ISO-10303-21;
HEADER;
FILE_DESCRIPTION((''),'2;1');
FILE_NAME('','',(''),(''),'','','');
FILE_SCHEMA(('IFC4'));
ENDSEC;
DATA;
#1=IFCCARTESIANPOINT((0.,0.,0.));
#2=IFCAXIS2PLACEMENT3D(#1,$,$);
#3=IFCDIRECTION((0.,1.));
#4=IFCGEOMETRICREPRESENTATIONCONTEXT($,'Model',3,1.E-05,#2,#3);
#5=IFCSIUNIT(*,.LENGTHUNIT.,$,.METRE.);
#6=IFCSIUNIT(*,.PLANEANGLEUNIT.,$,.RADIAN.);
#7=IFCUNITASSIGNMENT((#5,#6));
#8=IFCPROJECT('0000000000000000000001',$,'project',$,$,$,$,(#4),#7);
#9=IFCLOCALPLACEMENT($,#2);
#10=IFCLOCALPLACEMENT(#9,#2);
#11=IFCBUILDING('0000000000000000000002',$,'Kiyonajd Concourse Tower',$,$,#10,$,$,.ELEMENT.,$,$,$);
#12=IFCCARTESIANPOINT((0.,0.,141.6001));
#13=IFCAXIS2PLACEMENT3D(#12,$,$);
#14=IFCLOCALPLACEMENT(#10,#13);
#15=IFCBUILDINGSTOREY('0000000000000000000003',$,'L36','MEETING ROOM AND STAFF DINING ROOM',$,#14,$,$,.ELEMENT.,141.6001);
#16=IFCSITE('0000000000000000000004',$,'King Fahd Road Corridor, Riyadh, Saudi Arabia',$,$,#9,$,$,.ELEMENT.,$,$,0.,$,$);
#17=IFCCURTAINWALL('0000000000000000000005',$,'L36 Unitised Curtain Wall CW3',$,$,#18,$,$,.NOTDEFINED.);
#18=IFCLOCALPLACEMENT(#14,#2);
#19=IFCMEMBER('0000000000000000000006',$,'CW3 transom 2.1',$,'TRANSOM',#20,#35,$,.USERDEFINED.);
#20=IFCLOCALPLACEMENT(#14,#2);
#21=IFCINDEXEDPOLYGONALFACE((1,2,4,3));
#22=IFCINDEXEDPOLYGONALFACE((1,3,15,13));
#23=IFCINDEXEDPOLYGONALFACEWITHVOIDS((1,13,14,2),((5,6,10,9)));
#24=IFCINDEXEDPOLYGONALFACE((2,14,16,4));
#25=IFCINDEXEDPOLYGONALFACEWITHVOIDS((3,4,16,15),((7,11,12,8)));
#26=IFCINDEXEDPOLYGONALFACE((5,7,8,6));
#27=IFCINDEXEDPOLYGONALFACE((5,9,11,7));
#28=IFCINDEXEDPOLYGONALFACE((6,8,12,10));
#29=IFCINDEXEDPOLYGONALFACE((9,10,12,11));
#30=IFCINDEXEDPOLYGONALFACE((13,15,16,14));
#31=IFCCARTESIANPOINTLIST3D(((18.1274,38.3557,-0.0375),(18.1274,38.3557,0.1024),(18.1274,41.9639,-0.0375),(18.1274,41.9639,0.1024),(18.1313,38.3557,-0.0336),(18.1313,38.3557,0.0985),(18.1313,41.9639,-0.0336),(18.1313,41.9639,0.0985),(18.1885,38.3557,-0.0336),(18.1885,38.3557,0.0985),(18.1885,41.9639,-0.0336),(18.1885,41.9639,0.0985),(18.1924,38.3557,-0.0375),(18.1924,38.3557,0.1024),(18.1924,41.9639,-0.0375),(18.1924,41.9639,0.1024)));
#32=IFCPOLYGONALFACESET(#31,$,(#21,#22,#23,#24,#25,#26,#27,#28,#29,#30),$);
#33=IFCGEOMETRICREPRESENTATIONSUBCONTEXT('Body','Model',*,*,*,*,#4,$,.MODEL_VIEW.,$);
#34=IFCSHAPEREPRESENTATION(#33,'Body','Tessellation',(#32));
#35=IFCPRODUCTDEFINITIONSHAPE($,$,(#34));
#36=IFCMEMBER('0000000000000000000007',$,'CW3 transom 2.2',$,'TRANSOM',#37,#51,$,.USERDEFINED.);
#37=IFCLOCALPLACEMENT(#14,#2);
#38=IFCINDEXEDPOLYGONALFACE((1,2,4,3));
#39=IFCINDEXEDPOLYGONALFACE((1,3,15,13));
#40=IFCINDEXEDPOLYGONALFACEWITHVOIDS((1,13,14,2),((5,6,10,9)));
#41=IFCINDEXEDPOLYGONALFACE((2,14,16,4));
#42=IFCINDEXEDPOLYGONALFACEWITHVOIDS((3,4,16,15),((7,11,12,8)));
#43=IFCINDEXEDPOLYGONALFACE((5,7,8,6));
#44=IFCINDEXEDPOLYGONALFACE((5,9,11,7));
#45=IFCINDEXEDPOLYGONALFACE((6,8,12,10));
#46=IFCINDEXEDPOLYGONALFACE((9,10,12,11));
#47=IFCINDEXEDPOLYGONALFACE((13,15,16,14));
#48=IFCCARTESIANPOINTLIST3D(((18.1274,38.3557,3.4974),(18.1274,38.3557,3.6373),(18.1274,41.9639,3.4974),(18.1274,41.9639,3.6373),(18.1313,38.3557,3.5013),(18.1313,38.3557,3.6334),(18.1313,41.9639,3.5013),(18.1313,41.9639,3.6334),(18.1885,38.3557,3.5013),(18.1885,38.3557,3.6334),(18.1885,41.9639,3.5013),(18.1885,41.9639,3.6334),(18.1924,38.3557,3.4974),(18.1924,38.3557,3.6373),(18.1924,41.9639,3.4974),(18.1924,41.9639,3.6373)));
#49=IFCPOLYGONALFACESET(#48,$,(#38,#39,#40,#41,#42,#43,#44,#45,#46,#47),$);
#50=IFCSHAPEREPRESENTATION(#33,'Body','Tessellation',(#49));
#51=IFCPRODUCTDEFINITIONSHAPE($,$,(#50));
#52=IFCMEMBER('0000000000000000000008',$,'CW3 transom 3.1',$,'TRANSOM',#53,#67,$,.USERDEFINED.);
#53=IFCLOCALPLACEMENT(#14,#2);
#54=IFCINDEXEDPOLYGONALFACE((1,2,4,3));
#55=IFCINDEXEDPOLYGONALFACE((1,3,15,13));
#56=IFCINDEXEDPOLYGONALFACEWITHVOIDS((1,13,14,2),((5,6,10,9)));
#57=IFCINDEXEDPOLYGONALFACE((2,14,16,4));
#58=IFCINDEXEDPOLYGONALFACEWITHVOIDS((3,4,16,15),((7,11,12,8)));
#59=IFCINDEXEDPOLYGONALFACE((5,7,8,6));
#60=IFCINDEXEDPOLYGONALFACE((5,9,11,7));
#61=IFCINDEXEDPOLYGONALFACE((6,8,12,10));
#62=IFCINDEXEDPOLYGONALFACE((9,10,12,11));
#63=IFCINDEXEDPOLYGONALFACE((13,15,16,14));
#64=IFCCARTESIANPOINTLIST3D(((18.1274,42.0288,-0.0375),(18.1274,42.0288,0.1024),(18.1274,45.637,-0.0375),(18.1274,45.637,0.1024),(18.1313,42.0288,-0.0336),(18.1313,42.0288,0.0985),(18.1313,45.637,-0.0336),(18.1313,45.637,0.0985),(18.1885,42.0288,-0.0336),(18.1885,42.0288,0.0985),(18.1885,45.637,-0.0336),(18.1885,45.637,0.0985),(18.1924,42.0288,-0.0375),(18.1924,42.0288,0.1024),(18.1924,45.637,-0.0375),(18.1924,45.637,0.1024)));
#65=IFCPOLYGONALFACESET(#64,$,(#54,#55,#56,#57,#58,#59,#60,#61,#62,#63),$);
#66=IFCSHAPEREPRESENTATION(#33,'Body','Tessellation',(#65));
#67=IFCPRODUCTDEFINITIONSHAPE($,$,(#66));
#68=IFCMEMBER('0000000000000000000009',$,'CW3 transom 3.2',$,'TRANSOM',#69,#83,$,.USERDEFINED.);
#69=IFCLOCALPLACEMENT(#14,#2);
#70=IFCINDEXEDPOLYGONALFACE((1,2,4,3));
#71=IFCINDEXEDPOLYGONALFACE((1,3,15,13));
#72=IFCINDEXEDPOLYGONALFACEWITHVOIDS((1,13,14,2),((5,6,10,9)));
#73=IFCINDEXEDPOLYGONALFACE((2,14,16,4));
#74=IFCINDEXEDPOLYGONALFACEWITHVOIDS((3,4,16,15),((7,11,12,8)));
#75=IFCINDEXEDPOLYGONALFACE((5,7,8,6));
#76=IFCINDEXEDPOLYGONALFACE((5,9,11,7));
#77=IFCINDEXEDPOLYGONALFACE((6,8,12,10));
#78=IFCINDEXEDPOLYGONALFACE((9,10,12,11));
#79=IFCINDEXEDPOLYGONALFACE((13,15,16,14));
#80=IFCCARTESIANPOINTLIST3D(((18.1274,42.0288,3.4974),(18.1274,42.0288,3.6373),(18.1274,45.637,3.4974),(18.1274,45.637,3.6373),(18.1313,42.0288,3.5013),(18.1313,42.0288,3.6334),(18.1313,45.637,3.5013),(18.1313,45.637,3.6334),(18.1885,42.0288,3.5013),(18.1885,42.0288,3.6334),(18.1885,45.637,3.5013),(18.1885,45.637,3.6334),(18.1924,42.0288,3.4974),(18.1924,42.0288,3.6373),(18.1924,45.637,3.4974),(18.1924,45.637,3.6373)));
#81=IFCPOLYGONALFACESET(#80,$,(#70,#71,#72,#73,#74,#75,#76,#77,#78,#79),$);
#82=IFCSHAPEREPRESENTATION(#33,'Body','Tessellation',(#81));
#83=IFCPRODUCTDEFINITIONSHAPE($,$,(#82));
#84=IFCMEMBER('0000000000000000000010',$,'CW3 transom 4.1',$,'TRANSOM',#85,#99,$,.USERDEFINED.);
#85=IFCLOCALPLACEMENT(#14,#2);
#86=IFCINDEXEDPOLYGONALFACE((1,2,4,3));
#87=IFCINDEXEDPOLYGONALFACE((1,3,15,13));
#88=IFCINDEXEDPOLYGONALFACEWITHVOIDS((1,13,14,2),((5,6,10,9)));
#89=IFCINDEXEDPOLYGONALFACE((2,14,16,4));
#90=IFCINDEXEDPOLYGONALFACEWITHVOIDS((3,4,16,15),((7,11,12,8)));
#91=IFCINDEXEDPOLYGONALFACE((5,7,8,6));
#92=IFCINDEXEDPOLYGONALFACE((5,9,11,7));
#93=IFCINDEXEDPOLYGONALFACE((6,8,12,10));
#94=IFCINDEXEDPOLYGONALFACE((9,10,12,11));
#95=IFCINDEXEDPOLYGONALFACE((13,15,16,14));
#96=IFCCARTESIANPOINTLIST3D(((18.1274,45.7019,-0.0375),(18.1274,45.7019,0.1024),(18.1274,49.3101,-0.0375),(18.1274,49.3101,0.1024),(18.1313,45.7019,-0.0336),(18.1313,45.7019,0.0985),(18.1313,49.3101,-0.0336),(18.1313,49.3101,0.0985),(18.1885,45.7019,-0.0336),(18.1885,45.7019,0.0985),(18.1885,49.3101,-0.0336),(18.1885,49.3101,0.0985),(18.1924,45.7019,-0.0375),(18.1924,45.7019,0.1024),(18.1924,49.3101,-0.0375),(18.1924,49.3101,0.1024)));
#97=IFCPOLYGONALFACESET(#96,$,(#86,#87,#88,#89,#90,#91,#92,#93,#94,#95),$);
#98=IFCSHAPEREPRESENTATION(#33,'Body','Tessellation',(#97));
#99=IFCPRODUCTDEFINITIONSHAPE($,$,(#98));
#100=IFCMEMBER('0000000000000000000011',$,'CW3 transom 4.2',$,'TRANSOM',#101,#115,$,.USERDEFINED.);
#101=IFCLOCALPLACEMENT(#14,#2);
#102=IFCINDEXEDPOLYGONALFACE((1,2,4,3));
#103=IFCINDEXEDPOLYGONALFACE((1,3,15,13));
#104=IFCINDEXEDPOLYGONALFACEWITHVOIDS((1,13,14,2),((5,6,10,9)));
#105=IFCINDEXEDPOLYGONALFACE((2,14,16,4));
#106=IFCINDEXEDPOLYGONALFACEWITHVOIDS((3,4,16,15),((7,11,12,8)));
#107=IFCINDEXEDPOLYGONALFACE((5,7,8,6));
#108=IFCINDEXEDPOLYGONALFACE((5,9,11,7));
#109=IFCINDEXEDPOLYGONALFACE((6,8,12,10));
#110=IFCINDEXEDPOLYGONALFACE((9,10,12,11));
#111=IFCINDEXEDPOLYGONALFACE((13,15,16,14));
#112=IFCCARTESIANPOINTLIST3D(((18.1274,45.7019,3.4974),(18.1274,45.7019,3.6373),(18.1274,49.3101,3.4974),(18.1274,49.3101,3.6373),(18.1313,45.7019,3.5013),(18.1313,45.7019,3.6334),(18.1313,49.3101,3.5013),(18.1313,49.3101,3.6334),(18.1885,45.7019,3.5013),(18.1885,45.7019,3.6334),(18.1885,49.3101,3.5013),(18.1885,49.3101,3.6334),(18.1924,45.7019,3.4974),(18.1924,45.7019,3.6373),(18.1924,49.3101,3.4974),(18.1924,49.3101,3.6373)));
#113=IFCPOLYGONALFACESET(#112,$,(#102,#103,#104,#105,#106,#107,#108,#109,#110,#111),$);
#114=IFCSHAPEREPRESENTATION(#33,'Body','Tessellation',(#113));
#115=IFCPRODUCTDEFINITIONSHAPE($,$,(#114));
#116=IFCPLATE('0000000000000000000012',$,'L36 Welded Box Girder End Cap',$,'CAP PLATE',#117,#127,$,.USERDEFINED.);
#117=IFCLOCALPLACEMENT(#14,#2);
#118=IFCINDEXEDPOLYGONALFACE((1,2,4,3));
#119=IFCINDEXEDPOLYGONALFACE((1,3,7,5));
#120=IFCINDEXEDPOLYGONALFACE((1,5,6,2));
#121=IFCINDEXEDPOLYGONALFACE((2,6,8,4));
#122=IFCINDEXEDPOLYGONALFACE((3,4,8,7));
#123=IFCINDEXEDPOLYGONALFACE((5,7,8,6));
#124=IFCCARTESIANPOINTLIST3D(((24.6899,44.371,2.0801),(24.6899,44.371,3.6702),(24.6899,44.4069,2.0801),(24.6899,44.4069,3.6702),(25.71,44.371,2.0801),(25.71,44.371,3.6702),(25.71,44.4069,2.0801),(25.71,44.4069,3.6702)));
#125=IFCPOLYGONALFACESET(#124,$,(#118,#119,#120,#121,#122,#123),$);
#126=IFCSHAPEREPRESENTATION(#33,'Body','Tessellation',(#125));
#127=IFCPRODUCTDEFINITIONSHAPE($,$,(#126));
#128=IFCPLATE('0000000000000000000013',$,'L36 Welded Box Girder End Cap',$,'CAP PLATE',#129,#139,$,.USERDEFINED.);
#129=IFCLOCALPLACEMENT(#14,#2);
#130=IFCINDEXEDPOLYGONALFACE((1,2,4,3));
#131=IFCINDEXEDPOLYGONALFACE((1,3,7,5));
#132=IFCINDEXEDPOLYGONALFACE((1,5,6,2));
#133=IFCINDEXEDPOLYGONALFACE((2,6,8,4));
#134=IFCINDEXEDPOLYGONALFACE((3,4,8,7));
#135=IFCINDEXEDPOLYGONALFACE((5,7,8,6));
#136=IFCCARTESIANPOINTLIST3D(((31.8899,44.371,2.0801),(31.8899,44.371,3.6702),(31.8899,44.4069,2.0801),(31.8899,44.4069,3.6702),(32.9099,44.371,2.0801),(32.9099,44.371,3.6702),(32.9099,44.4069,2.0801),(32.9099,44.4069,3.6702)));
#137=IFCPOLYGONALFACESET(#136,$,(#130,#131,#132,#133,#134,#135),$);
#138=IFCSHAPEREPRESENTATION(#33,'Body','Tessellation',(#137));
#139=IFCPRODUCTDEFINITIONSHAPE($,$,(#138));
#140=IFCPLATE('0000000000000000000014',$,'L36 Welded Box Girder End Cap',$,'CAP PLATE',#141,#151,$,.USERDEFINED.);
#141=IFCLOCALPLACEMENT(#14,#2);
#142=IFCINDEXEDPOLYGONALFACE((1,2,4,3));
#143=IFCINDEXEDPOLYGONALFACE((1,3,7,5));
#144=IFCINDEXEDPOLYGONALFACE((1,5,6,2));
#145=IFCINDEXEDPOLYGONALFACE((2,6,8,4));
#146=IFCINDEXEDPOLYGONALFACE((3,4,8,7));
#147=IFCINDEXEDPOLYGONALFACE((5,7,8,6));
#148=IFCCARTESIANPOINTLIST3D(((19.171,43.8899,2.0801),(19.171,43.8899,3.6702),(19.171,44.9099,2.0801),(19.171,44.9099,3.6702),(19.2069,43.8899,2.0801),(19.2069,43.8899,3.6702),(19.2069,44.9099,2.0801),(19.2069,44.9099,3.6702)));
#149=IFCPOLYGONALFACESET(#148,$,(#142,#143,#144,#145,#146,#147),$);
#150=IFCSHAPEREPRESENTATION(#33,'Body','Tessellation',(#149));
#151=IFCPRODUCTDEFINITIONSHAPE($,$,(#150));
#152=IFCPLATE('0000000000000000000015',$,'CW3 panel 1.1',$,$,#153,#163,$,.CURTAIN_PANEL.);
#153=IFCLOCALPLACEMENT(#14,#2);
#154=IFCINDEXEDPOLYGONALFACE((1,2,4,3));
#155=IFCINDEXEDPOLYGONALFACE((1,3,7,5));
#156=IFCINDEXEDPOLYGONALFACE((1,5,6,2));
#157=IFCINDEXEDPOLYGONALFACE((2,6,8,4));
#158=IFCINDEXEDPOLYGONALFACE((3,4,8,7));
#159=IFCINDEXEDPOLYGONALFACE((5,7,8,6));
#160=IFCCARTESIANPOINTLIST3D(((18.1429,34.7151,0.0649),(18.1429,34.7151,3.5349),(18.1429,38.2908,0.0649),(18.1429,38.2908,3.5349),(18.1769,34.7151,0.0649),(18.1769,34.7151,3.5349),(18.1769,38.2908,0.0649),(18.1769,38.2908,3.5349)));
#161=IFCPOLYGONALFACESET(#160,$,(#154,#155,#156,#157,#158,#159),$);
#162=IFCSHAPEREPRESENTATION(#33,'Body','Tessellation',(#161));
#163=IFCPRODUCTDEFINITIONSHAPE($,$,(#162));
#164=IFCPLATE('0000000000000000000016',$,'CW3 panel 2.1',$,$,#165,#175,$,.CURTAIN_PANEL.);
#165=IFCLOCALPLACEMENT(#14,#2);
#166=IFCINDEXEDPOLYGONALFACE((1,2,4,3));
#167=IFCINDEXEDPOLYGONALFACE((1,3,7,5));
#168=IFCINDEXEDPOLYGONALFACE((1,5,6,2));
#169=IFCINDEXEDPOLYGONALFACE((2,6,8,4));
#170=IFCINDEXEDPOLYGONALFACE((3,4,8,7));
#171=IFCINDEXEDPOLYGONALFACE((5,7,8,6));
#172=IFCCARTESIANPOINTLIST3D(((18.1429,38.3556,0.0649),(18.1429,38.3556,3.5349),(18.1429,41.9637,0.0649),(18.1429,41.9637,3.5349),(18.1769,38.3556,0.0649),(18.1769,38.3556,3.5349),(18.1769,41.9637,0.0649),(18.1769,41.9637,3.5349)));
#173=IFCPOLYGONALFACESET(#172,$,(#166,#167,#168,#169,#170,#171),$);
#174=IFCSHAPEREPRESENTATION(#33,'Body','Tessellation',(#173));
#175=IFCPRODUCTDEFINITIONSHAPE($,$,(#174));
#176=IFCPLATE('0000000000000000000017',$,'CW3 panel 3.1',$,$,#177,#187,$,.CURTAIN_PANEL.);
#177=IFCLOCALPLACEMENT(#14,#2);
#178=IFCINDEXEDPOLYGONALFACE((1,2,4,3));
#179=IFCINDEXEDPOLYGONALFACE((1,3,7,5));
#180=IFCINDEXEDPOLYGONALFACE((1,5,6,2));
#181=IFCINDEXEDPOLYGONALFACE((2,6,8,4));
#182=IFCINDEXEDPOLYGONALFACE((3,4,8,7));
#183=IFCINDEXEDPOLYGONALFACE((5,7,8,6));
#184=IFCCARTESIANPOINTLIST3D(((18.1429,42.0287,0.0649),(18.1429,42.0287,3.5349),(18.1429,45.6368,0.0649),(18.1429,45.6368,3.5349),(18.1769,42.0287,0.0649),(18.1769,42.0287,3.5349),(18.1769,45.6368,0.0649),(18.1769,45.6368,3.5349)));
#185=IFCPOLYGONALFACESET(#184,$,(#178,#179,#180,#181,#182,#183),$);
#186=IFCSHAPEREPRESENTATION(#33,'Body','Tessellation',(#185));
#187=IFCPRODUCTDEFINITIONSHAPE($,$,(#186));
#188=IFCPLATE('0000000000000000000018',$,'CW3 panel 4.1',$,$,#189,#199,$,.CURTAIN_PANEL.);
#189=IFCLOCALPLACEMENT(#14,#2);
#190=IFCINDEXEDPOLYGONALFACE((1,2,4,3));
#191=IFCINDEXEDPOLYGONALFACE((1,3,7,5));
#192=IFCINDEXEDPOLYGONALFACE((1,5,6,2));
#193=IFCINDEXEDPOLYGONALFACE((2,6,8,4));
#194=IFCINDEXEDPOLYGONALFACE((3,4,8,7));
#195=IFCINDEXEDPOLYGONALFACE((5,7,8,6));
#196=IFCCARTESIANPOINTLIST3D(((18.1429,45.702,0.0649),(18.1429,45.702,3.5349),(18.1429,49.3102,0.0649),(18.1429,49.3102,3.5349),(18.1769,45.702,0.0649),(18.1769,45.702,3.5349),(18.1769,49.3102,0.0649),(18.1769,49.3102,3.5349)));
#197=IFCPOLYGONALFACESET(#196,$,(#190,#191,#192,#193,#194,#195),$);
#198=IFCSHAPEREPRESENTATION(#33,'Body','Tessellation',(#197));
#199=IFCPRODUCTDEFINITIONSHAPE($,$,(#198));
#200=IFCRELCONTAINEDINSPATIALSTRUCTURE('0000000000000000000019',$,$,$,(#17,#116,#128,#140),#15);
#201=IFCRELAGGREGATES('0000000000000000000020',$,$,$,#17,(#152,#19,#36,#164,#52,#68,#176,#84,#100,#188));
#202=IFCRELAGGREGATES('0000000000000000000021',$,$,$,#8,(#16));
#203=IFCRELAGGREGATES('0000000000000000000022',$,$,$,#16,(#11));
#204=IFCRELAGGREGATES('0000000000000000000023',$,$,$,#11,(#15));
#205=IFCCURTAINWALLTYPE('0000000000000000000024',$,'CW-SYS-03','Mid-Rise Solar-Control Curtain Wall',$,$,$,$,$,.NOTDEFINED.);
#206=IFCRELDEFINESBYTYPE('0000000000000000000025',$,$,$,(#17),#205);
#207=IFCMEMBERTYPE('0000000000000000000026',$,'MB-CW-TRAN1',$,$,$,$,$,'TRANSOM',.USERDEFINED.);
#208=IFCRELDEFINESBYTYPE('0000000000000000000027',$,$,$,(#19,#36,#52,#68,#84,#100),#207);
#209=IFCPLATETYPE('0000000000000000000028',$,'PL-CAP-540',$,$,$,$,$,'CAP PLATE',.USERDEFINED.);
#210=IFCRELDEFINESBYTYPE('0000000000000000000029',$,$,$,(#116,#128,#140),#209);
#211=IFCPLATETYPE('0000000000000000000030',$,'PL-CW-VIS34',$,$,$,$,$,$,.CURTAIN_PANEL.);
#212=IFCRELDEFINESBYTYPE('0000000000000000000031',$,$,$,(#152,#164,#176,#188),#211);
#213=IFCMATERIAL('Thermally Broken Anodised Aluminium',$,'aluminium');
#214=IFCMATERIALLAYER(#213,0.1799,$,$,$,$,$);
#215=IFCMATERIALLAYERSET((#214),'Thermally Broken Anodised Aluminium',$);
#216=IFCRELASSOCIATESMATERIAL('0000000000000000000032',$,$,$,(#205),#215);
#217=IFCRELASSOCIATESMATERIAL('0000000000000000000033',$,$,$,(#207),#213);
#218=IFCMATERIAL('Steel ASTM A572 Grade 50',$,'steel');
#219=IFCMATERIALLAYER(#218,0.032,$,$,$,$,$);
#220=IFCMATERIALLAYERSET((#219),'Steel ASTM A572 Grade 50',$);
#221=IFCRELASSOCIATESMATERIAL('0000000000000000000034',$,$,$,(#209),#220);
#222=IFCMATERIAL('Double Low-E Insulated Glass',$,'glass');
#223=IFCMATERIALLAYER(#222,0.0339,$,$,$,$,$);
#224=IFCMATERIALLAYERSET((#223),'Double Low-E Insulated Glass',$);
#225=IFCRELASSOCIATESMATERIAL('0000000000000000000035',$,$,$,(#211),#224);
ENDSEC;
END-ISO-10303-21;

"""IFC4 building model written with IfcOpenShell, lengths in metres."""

from ifc_helpers import new_model, si_unit, direction, frame, origin, origin_2d, place, context, subcontext, project, spatial, rectangle, hollow_rectangle, extrude, material, layer, layer_set, material_profile, profile_set, type_object, element, aggregate, save


model = new_model("IFC4")

# Units and contexts
model_context = context("Model", 3, precision=1e-05, world=origin(), true_north=direction((0.0, 1.0)))
body_context = subcontext(model_context, "Body", "Model", "MODEL_VIEW")
ifc_project = project(units=[si_unit("LENGTHUNIT", "METRE"), si_unit("PLANEANGLEUNIT", "RADIAN")], contexts=[model_context])

# Site, building, storey
site_placement = place(None, origin())
site = spatial("IfcSite", under=ifc_project, at=site_placement, Name="King Fahd Road Corridor, Riyadh, Saudi Arabia", CompositionType="ELEMENT", RefElevation=0.0)
building_placement = place(site_placement, origin())
building = spatial("IfcBuilding", under=site, at=building_placement, Name="Kiyonajd Concourse Tower", CompositionType="ELEMENT")
storey_placement = place(building_placement, frame((0.0, 0.0, 141.6001)))
storey = spatial("IfcBuildingStorey", under=building, at=storey_placement, Name="L36", Description="MEETING ROOM AND STAFF DINING ROOM", CompositionType="ELEMENT", Elevation=141.6001)

# Shared definitions
ifc_material_1 = material(Name="Steel ASTM A572 Grade 50", Category="steel")

# Curtain wall, members
ifc_material_2 = material(Name="Thermally Broken Anodised Aluminium", Category="aluminium")
ifc_layer_1 = layer(ifc_material_2, 0.1799)
ifc_layer_set_1 = layer_set([ifc_layer_1], Name="Thermally Broken Anodised Aluminium")
curtain_wall_type = type_object("IfcCurtainWallType", Name="CW-SYS-03", Description="Mid-Rise Solar-Control Curtain Wall", PredefinedType="NOTDEFINED", material=ifc_layer_set_1)
curtain_wall_placement = place(storey_placement, origin())
curtain_wall = element("IfcCurtainWall", 1, at=curtain_wall_placement, inside=storey, type_object=curtain_wall_type, Name="L36 Unitised Curtain Wall CW3", PredefinedType="NOTDEFINED")
ifc_material_profile_1 = material_profile(ifc_material_2, hollow_rectangle(XDim=0.0649, YDim=0.1399, WallThickness=0.0039, at=origin_2d()), Name="TRAN-65x140")
ifc_profile_set_1 = profile_set([ifc_material_profile_1], Name="Thermally Broken Anodised Aluminium")
member_type_1 = type_object("IfcMemberType", Name="MB-CW-TRAN1", ElementType="TRANSOM", PredefinedType="USERDEFINED", material=ifc_profile_set_1)
member_1_placement = place(storey_placement, frame((18.1599, 38.3557, 0.0325), z_axis=(0.0, 1.0, 0.0), x_axis=(-1.0, 0.0, 0.0)))
member_1 = element("IfcMember", 2, at=member_1_placement, type_object=member_type_1, Name="CW3 transom 2.1", ObjectType="TRANSOM", PredefinedType="USERDEFINED", context=body_context, shape_type="SweptSolid", body=[
    extrude(hollow_rectangle(XDim=0.0649, YDim=0.1399, WallThickness=0.0039, at=origin_2d()), origin(), (0.0, 0.0, 1.0), 3.6082),
])
member_2_placement = place(storey_placement, frame((18.1599, 38.3557, 3.5674), z_axis=(0.0, 1.0, 0.0), x_axis=(-1.0, 0.0, 0.0)))
member_2 = element("IfcMember", 3, at=member_2_placement, type_object=member_type_1, Name="CW3 transom 2.2", ObjectType="TRANSOM", PredefinedType="USERDEFINED", context=body_context, shape_type="SweptSolid", body=[
    extrude(hollow_rectangle(XDim=0.0649, YDim=0.1399, WallThickness=0.0039, at=origin_2d()), origin(), (0.0, 0.0, 1.0), 3.6082),
])
member_3_placement = place(storey_placement, frame((18.1599, 42.0288, 0.0325), z_axis=(0.0, 1.0, 0.0), x_axis=(-1.0, 0.0, 0.0)))
member_3 = element("IfcMember", 4, at=member_3_placement, type_object=member_type_1, Name="CW3 transom 3.1", ObjectType="TRANSOM", PredefinedType="USERDEFINED", context=body_context, shape_type="SweptSolid", body=[
    extrude(hollow_rectangle(XDim=0.0649, YDim=0.1399, WallThickness=0.0039, at=origin_2d()), origin(), (0.0, 0.0, 1.0), 3.6082),
])
member_4_placement = place(storey_placement, frame((18.1599, 42.0288, 3.5674), z_axis=(0.0, 1.0, 0.0), x_axis=(-1.0, 0.0, 0.0)))
member_4 = element("IfcMember", 5, at=member_4_placement, type_object=member_type_1, Name="CW3 transom 3.2", ObjectType="TRANSOM", PredefinedType="USERDEFINED", context=body_context, shape_type="SweptSolid", body=[
    extrude(hollow_rectangle(XDim=0.0649, YDim=0.1399, WallThickness=0.0039, at=origin_2d()), origin(), (0.0, 0.0, 1.0), 3.6082),
])
member_5_placement = place(storey_placement, frame((18.1599, 45.7019, 0.0325), z_axis=(0.0, 1.0, 0.0), x_axis=(-1.0, 0.0, 0.0)))
member_5 = element("IfcMember", 6, at=member_5_placement, type_object=member_type_1, Name="CW3 transom 4.1", ObjectType="TRANSOM", PredefinedType="USERDEFINED", context=body_context, shape_type="SweptSolid", body=[
    extrude(hollow_rectangle(XDim=0.0649, YDim=0.1399, WallThickness=0.0039, at=origin_2d()), origin(), (0.0, 0.0, 1.0), 3.6082),
])
member_6_placement = place(storey_placement, frame((18.1599, 45.7019, 3.5674), z_axis=(0.0, 1.0, 0.0), x_axis=(-1.0, 0.0, 0.0)))
member_6 = element("IfcMember", 7, at=member_6_placement, type_object=member_type_1, Name="CW3 transom 4.2", ObjectType="TRANSOM", PredefinedType="USERDEFINED", context=body_context, shape_type="SweptSolid", body=[
    extrude(hollow_rectangle(XDim=0.0649, YDim=0.1399, WallThickness=0.0039, at=origin_2d()), origin(), (0.0, 0.0, 1.0), 3.6082),
])

# Plates
ifc_layer_2 = layer(ifc_material_1, 0.032)
ifc_layer_set_2 = layer_set([ifc_layer_2], Name="Steel ASTM A572 Grade 50")
plate_type_1 = type_object("IfcPlateType", Name="PL-CAP-540", ElementType="CAP PLATE", PredefinedType="USERDEFINED", material=ifc_layer_set_2)
for number, where, z_axis, x_axis, name in (
    (8, (25.2, 44.3889, 2.0801), (0.0, 0.0, 1.0), (0.0, -1.0, 0.0), "L36 Welded Box Girder End Cap"),
    (9, (32.3999, 44.3889, 2.0801), (0.0, 0.0, 1.0), (0.0, -1.0, 0.0), "L36 Welded Box Girder End Cap"),
    (10, (19.189, 44.3999, 2.0801), (0.0, 0.0, 1.0), (-1.0, 0.0, 0.0), "L36 Welded Box Girder End Cap"),
):
    element("IfcPlate", number, at=place(storey_placement, frame(where, z_axis=z_axis, x_axis=x_axis)), inside=storey, type_object=plate_type_1, Name=name, ObjectType="CAP PLATE", PredefinedType="USERDEFINED", context=body_context, shape_type="SweptSolid", body=[
        extrude(rectangle(XDim=0.0359, YDim=1.02, at=origin_2d()), origin(), (0.0, 0.0, 1.0), 1.5901),
    ])

# Plates
ifc_material_3 = material(Name="Double Low-E Insulated Glass", Category="glass")
ifc_layer_3 = layer(ifc_material_3, 0.0339)
ifc_layer_set_3 = layer_set([ifc_layer_3], Name="Double Low-E Insulated Glass")
plate_type_2 = type_object("IfcPlateType", Name="PL-CW-VIS34", PredefinedType="CURTAIN_PANEL", material=ifc_layer_set_3)
plate_1_placement = place(storey_placement, frame((18.1599, 36.5029, 0.0649), z_axis=(0.0, 0.0, 1.0), x_axis=(0.0, 1.0, 0.0)))
plate_1 = element("IfcPlate", 11, at=plate_1_placement, type_object=plate_type_2, Name="CW3 panel 1.1", PredefinedType="CURTAIN_PANEL", context=body_context, shape_type="SweptSolid", body=[
    extrude(rectangle(XDim=3.5757, YDim=0.0339, at=origin_2d()), origin(), (0.0, 0.0, 1.0), 3.47),
])
plate_2_placement = place(storey_placement, frame((18.1599, 40.1597, 0.0649), z_axis=(0.0, 0.0, 1.0), x_axis=(0.0, 1.0, 0.0)))
plate_2 = element("IfcPlate", 12, at=plate_2_placement, type_object=plate_type_2, Name="CW3 panel 2.1", PredefinedType="CURTAIN_PANEL", context=body_context, shape_type="SweptSolid", body=[
    extrude(rectangle(XDim=3.6082, YDim=0.0339, at=origin_2d()), origin(), (0.0, 0.0, 1.0), 3.47),
])
plate_3_placement = place(storey_placement, frame((18.1599, 43.8328, 0.0649), z_axis=(0.0, 0.0, 1.0), x_axis=(0.0, 1.0, 0.0)))
plate_3 = element("IfcPlate", 13, at=plate_3_placement, type_object=plate_type_2, Name="CW3 panel 3.1", PredefinedType="CURTAIN_PANEL", context=body_context, shape_type="SweptSolid", body=[
    extrude(rectangle(XDim=3.6082, YDim=0.0339, at=origin_2d()), origin(), (0.0, 0.0, 1.0), 3.47),
])
plate_4_placement = place(storey_placement, frame((18.1599, 47.5061, 0.0649), z_axis=(0.0, 0.0, 1.0), x_axis=(0.0, 1.0, 0.0)))
plate_4 = element("IfcPlate", 14, at=plate_4_placement, type_object=plate_type_2, Name="CW3 panel 4.1", PredefinedType="CURTAIN_PANEL", context=body_context, shape_type="SweptSolid", body=[
    extrude(rectangle(XDim=3.6082, YDim=0.0339, at=origin_2d()), origin(), (0.0, 0.0, 1.0), 3.47),
])
aggregate(curtain_wall, [plate_1, member_1, member_2, plate_2, member_3, member_4, plate_3, member_5, member_6, plate_4])

save(model, "model.ifc")
